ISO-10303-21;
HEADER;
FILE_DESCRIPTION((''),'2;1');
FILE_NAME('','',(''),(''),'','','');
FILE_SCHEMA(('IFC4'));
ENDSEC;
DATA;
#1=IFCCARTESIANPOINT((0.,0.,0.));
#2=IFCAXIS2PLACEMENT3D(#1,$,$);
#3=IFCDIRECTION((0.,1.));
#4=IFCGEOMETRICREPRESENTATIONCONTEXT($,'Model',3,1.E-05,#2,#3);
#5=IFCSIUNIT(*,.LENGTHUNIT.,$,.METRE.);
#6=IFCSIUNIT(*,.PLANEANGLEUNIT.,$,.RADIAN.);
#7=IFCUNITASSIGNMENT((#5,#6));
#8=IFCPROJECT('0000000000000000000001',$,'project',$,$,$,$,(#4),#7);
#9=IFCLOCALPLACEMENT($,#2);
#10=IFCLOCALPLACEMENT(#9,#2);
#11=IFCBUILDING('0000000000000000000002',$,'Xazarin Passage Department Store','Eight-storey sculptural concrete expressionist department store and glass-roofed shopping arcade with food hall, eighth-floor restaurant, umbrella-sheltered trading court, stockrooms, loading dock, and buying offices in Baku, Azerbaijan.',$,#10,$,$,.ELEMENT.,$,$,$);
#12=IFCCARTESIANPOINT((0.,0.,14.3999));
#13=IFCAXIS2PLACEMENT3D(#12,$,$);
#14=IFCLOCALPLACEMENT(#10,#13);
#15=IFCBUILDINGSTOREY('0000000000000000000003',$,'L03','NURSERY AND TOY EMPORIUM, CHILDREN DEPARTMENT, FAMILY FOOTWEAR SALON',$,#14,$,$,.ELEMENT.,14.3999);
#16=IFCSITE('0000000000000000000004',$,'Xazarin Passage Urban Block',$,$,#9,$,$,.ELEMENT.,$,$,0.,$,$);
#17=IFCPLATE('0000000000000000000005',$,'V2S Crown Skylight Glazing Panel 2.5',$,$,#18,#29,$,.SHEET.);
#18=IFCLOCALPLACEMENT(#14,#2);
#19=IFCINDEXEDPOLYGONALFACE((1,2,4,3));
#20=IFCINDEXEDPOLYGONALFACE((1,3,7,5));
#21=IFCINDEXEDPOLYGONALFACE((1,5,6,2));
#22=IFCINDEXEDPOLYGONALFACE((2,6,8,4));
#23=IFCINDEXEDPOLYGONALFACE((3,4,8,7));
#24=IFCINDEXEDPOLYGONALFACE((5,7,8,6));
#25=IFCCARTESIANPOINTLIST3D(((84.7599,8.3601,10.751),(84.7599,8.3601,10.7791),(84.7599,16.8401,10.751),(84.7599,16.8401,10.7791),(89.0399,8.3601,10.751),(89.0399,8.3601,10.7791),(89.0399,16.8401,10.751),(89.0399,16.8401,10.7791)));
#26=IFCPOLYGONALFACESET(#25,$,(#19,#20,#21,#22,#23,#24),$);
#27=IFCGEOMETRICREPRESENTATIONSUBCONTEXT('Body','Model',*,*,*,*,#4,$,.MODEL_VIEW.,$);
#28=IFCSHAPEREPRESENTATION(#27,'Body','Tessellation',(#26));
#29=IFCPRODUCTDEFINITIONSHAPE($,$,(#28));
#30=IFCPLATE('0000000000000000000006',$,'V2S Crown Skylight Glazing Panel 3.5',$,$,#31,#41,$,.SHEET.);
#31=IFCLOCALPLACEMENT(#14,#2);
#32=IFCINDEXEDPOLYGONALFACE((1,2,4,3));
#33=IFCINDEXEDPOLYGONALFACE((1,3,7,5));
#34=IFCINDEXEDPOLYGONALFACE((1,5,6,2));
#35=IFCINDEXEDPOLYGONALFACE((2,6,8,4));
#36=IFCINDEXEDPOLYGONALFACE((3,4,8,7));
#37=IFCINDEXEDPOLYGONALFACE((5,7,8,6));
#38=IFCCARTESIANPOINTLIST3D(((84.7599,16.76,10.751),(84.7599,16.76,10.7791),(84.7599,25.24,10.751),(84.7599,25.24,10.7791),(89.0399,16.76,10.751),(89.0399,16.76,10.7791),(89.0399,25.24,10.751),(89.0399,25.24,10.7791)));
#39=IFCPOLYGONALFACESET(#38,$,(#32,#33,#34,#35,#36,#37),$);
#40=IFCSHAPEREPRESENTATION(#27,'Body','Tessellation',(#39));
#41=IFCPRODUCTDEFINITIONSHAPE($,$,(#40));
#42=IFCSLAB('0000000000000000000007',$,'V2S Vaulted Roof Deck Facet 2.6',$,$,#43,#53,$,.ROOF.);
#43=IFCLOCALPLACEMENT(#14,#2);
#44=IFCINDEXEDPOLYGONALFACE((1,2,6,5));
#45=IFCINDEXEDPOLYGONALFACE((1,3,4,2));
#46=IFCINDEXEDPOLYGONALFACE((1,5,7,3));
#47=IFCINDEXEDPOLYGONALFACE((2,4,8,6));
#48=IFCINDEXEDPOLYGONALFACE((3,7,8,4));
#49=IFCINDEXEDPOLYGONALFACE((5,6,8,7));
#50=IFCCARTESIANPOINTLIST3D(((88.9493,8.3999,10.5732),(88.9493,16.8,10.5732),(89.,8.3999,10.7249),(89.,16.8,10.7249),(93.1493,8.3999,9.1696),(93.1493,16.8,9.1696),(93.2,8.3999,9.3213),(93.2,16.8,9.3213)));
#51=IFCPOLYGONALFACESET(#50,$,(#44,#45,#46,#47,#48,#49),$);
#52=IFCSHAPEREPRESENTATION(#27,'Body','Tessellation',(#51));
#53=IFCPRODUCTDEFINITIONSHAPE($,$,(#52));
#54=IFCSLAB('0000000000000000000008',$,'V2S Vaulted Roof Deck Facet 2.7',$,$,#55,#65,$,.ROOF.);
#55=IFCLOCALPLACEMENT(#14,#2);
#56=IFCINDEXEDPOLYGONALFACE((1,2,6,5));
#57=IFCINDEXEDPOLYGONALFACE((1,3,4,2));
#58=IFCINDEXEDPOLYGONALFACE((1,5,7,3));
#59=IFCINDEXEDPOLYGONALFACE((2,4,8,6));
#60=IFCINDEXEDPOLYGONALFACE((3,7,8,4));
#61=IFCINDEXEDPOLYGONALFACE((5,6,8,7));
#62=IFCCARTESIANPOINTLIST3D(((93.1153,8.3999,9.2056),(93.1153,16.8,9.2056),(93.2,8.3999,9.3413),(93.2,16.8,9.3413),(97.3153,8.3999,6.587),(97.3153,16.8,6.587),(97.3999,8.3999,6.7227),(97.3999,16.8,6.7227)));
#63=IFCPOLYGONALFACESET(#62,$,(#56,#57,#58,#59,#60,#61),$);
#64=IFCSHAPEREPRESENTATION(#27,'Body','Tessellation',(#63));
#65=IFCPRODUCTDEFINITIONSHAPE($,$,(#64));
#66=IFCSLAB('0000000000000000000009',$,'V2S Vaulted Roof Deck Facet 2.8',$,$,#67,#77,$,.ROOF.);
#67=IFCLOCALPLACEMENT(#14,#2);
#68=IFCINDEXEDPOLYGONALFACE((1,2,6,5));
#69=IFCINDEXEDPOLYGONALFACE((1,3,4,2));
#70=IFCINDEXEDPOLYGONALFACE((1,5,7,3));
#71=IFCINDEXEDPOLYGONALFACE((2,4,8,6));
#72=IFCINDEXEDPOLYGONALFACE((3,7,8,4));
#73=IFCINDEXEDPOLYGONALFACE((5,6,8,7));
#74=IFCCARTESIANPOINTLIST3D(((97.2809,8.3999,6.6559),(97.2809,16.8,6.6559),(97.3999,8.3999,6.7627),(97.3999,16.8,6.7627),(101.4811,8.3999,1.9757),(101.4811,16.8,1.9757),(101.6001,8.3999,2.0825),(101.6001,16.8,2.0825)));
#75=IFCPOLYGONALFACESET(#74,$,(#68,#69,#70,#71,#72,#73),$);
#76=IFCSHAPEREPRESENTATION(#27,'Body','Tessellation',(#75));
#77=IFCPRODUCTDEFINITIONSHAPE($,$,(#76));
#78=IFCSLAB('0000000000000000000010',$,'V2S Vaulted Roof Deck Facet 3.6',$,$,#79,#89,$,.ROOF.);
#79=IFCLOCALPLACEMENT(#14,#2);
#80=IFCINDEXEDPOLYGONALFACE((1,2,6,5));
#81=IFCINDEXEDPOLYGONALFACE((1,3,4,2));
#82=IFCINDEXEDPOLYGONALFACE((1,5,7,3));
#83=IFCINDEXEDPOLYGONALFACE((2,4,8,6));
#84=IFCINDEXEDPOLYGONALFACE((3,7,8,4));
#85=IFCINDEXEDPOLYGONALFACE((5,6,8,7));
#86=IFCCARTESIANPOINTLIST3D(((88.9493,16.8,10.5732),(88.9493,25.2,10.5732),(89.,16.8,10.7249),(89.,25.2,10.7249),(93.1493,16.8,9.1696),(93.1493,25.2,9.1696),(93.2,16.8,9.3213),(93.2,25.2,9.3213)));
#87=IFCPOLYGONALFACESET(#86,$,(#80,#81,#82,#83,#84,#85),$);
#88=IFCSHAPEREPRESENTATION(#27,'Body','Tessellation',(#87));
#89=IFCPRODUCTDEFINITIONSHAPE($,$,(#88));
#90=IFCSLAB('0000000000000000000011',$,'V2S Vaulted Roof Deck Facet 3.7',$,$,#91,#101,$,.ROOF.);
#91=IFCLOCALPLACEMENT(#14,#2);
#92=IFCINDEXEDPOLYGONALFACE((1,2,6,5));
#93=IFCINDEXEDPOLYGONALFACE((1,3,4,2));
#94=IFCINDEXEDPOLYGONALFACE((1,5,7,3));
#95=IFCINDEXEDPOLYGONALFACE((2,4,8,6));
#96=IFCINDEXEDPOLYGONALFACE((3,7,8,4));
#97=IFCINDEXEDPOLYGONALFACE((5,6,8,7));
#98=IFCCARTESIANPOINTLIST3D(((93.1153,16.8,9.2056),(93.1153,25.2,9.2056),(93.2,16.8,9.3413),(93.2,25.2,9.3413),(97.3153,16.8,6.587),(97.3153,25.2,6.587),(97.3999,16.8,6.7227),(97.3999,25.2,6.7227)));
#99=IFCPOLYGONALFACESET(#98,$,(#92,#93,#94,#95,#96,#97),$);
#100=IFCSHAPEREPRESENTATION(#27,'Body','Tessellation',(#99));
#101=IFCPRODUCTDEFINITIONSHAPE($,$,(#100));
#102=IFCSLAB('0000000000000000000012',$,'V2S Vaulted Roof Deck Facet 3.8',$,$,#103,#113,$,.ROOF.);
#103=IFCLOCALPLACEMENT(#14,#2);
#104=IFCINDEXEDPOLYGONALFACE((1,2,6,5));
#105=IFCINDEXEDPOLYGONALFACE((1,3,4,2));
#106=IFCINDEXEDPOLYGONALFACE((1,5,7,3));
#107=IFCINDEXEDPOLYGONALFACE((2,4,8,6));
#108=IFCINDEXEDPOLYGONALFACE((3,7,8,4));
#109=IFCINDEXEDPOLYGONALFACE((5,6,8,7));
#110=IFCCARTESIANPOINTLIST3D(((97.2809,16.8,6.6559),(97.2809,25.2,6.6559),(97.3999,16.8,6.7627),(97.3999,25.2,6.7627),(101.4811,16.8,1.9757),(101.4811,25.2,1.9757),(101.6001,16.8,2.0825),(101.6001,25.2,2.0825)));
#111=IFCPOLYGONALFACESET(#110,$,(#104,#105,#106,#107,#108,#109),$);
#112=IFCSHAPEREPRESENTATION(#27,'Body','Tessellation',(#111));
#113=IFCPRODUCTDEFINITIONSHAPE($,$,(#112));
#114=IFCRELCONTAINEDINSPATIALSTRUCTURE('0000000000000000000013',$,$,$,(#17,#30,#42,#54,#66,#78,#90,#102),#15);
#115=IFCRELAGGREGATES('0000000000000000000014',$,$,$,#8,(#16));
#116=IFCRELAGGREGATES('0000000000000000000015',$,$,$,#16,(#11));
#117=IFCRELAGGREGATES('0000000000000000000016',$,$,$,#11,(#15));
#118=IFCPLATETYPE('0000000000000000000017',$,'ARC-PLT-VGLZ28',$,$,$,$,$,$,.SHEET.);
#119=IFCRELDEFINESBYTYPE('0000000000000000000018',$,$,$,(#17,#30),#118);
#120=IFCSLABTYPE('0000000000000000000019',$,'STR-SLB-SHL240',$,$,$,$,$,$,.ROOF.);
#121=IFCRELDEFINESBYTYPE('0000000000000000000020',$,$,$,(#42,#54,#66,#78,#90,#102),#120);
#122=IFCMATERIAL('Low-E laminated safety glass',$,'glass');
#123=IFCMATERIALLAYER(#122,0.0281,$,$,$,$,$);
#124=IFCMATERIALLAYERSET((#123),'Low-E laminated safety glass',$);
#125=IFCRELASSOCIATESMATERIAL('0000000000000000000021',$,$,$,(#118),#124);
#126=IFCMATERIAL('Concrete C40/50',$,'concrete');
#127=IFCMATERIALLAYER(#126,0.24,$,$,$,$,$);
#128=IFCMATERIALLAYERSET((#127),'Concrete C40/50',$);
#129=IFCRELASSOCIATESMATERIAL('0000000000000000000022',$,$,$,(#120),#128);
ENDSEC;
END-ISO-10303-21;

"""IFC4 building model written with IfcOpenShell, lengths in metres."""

from ifc_helpers import new_model, si_unit, direction, frame, origin, origin_2d, place, context, subcontext, project, spatial, polyline, rectangle, outline, extrude, material, layer, layer_set, type_object, element, save


model = new_model("IFC4")

# Units and contexts
model_context = context("Model", 3, precision=1e-05, world=origin(), true_north=direction((0.0, 1.0)))
body_context = subcontext(model_context, "Body", "Model", "MODEL_VIEW")
ifc_project = project(units=[si_unit("LENGTHUNIT", "METRE"), si_unit("PLANEANGLEUNIT", "RADIAN")], contexts=[model_context])

# Site, building, storey
site_placement = place(None, origin())
site = spatial("IfcSite", under=ifc_project, at=site_placement, Name="Xazarin Passage Urban Block", CompositionType="ELEMENT", RefElevation=0.0)
building_placement = place(site_placement, origin())
building = spatial("IfcBuilding", under=site, at=building_placement, Name="Xazarin Passage Department Store", Description="Eight-storey sculptural concrete expressionist department store and glass-roofed shopping arcade with food hall, eighth-floor restaurant, umbrella-sheltered trading court, stockrooms, loading dock, and buying offices in Baku, Azerbaijan.", CompositionType="ELEMENT")
storey_placement = place(building_placement, frame((0.0, 0.0, 14.3999)))
storey = spatial("IfcBuildingStorey", under=building, at=storey_placement, Name="L03", Description="NURSERY AND TOY EMPORIUM, CHILDREN DEPARTMENT, FAMILY FOOTWEAR SALON", CompositionType="ELEMENT", Elevation=14.3999)

# Shared definitions
ifc_material_1 = material(Name="Low-E laminated safety glass", Category="glass")

# Plates
ifc_layer_1 = layer(ifc_material_1, 0.0281)
ifc_layer_set_1 = layer_set([ifc_layer_1], Name="Low-E laminated safety glass")
plate_type_1 = type_object("IfcPlateType", Name="ARC-PLT-VGLZ28", PredefinedType="SHEET", material=ifc_layer_set_1)
for number, where, z_axis, x_axis, name in (
    (1, (86.8999, 12.6001, 10.751), (0.0, 0.0, 1.0), (1.0, 0.0, 0.0), "V2S Crown Skylight Glazing Panel 2.5"),
    (2, (86.8999, 21.0, 10.751), (0.0, 0.0, 1.0), (1.0, 0.0, 0.0), "V2S Crown Skylight Glazing Panel 3.5"),
):
    element("IfcPlate", number, at=place(storey_placement, frame(where, z_axis=z_axis, x_axis=x_axis)), inside=storey, type_object=plate_type_1, Name=name, PredefinedType="SHEET", context=body_context, shape_type="SweptSolid", body=[
        extrude(rectangle(XDim=4.28, YDim=8.48, at=origin_2d()), origin(), (0.0, 0.0, 1.0), 0.0281),
    ])

# Slabs
ifc_material_2 = material(Name="Concrete C40/50", Category="concrete")
ifc_layer_2 = layer(ifc_material_2, 0.24)
ifc_layer_set_2 = layer_set([ifc_layer_2], Name="Concrete C40/50")
slab_type = type_object("IfcSlabType", Name="STR-SLB-SHL240", PredefinedType="ROOF", material=ifc_layer_set_2)
slab_1_placement = place(storey_placement, frame((89.0, 8.3999, 10.7249), z_axis=(0.316955, 0.0, 0.94844), x_axis=(0.94844, 0.0, -0.316955)))
element("IfcSlab", 3, at=slab_1_placement, inside=storey, type_object=slab_type, Name="V2S Vaulted Roof Deck Facet 2.6", PredefinedType="ROOF", context=body_context, shape_type="SweptSolid", body=[
    extrude(outline(polyline([(0.0, 0.0), (4.4283, 0.0), (4.4283, 8.4001), (0.0, 8.4001), (0.0, 0.0)])), origin(), (0.0, 0.0, -1.0), 0.1599),
])
slab_2_placement = place(storey_placement, frame((93.2, 8.3999, 9.3413), z_axis=(0.529081, 0.0, 0.848571), x_axis=(0.848571, 0.0, -0.529081)))
element("IfcSlab", 4, at=slab_2_placement, inside=storey, type_object=slab_type, Name="V2S Vaulted Roof Deck Facet 2.7", PredefinedType="ROOF", context=body_context, shape_type="SweptSolid", body=[
    extrude(outline(polyline([(0.0, 0.0), (4.9494, 0.0), (4.9494, 8.4001), (0.0, 8.4001), (0.0, 0.0)])), origin(), (0.0, 0.0, -1.0), 0.1599),
])
slab_3_placement = place(storey_placement, frame((97.3999, 8.3999, 6.7627), z_axis=(0.744239, 0.0, 0.667913), x_axis=(0.667913, 0.0, -0.744239)))
element("IfcSlab", 5, at=slab_3_placement, inside=storey, type_object=slab_type, Name="V2S Vaulted Roof Deck Facet 2.8", PredefinedType="ROOF", context=body_context, shape_type="SweptSolid", body=[
    extrude(outline(polyline([(0.0, 0.0), (6.2885, 0.0), (6.2885, 8.4001), (0.0, 8.4001), (0.0, 0.0)])), origin(), (0.0, 0.0, -1.0), 0.1599),
])
slab_4_placement = place(storey_placement, frame((89.0, 16.8, 10.7249), z_axis=(0.316955, 0.0, 0.94844), x_axis=(0.94844, 0.0, -0.316955)))
element("IfcSlab", 6, at=slab_4_placement, inside=storey, type_object=slab_type, Name="V2S Vaulted Roof Deck Facet 3.6", PredefinedType="ROOF", context=body_context, shape_type="SweptSolid", body=[
    extrude(outline(polyline([(0.0, 0.0), (4.4283, 0.0), (4.4283, 8.3999), (0.0, 8.3999), (0.0, 0.0)])), origin(), (0.0, 0.0, -1.0), 0.1599),
])
slab_5_placement = place(storey_placement, frame((93.2, 16.8, 9.3413), z_axis=(0.529081, 0.0, 0.848571), x_axis=(0.848571, 0.0, -0.529081)))
element("IfcSlab", 7, at=slab_5_placement, inside=storey, type_object=slab_type, Name="V2S Vaulted Roof Deck Facet 3.7", PredefinedType="ROOF", context=body_context, shape_type="SweptSolid", body=[
    extrude(outline(polyline([(0.0, 0.0), (4.9494, 0.0), (4.9494, 8.3999), (0.0, 8.3999), (0.0, 0.0)])), origin(), (0.0, 0.0, -1.0), 0.1599),
])
slab_6_placement = place(storey_placement, frame((97.3999, 16.8, 6.7627), z_axis=(0.744239, 0.0, 0.667913), x_axis=(0.667913, 0.0, -0.744239)))
element("IfcSlab", 8, at=slab_6_placement, inside=storey, type_object=slab_type, Name="V2S Vaulted Roof Deck Facet 3.8", PredefinedType="ROOF", context=body_context, shape_type="SweptSolid", body=[
    extrude(outline(polyline([(0.0, 0.0), (6.2885, 0.0), (6.2885, 8.3999), (0.0, 8.3999), (0.0, 0.0)])), origin(), (0.0, 0.0, -1.0), 0.1599),
])

save(model, "model.ifc")
